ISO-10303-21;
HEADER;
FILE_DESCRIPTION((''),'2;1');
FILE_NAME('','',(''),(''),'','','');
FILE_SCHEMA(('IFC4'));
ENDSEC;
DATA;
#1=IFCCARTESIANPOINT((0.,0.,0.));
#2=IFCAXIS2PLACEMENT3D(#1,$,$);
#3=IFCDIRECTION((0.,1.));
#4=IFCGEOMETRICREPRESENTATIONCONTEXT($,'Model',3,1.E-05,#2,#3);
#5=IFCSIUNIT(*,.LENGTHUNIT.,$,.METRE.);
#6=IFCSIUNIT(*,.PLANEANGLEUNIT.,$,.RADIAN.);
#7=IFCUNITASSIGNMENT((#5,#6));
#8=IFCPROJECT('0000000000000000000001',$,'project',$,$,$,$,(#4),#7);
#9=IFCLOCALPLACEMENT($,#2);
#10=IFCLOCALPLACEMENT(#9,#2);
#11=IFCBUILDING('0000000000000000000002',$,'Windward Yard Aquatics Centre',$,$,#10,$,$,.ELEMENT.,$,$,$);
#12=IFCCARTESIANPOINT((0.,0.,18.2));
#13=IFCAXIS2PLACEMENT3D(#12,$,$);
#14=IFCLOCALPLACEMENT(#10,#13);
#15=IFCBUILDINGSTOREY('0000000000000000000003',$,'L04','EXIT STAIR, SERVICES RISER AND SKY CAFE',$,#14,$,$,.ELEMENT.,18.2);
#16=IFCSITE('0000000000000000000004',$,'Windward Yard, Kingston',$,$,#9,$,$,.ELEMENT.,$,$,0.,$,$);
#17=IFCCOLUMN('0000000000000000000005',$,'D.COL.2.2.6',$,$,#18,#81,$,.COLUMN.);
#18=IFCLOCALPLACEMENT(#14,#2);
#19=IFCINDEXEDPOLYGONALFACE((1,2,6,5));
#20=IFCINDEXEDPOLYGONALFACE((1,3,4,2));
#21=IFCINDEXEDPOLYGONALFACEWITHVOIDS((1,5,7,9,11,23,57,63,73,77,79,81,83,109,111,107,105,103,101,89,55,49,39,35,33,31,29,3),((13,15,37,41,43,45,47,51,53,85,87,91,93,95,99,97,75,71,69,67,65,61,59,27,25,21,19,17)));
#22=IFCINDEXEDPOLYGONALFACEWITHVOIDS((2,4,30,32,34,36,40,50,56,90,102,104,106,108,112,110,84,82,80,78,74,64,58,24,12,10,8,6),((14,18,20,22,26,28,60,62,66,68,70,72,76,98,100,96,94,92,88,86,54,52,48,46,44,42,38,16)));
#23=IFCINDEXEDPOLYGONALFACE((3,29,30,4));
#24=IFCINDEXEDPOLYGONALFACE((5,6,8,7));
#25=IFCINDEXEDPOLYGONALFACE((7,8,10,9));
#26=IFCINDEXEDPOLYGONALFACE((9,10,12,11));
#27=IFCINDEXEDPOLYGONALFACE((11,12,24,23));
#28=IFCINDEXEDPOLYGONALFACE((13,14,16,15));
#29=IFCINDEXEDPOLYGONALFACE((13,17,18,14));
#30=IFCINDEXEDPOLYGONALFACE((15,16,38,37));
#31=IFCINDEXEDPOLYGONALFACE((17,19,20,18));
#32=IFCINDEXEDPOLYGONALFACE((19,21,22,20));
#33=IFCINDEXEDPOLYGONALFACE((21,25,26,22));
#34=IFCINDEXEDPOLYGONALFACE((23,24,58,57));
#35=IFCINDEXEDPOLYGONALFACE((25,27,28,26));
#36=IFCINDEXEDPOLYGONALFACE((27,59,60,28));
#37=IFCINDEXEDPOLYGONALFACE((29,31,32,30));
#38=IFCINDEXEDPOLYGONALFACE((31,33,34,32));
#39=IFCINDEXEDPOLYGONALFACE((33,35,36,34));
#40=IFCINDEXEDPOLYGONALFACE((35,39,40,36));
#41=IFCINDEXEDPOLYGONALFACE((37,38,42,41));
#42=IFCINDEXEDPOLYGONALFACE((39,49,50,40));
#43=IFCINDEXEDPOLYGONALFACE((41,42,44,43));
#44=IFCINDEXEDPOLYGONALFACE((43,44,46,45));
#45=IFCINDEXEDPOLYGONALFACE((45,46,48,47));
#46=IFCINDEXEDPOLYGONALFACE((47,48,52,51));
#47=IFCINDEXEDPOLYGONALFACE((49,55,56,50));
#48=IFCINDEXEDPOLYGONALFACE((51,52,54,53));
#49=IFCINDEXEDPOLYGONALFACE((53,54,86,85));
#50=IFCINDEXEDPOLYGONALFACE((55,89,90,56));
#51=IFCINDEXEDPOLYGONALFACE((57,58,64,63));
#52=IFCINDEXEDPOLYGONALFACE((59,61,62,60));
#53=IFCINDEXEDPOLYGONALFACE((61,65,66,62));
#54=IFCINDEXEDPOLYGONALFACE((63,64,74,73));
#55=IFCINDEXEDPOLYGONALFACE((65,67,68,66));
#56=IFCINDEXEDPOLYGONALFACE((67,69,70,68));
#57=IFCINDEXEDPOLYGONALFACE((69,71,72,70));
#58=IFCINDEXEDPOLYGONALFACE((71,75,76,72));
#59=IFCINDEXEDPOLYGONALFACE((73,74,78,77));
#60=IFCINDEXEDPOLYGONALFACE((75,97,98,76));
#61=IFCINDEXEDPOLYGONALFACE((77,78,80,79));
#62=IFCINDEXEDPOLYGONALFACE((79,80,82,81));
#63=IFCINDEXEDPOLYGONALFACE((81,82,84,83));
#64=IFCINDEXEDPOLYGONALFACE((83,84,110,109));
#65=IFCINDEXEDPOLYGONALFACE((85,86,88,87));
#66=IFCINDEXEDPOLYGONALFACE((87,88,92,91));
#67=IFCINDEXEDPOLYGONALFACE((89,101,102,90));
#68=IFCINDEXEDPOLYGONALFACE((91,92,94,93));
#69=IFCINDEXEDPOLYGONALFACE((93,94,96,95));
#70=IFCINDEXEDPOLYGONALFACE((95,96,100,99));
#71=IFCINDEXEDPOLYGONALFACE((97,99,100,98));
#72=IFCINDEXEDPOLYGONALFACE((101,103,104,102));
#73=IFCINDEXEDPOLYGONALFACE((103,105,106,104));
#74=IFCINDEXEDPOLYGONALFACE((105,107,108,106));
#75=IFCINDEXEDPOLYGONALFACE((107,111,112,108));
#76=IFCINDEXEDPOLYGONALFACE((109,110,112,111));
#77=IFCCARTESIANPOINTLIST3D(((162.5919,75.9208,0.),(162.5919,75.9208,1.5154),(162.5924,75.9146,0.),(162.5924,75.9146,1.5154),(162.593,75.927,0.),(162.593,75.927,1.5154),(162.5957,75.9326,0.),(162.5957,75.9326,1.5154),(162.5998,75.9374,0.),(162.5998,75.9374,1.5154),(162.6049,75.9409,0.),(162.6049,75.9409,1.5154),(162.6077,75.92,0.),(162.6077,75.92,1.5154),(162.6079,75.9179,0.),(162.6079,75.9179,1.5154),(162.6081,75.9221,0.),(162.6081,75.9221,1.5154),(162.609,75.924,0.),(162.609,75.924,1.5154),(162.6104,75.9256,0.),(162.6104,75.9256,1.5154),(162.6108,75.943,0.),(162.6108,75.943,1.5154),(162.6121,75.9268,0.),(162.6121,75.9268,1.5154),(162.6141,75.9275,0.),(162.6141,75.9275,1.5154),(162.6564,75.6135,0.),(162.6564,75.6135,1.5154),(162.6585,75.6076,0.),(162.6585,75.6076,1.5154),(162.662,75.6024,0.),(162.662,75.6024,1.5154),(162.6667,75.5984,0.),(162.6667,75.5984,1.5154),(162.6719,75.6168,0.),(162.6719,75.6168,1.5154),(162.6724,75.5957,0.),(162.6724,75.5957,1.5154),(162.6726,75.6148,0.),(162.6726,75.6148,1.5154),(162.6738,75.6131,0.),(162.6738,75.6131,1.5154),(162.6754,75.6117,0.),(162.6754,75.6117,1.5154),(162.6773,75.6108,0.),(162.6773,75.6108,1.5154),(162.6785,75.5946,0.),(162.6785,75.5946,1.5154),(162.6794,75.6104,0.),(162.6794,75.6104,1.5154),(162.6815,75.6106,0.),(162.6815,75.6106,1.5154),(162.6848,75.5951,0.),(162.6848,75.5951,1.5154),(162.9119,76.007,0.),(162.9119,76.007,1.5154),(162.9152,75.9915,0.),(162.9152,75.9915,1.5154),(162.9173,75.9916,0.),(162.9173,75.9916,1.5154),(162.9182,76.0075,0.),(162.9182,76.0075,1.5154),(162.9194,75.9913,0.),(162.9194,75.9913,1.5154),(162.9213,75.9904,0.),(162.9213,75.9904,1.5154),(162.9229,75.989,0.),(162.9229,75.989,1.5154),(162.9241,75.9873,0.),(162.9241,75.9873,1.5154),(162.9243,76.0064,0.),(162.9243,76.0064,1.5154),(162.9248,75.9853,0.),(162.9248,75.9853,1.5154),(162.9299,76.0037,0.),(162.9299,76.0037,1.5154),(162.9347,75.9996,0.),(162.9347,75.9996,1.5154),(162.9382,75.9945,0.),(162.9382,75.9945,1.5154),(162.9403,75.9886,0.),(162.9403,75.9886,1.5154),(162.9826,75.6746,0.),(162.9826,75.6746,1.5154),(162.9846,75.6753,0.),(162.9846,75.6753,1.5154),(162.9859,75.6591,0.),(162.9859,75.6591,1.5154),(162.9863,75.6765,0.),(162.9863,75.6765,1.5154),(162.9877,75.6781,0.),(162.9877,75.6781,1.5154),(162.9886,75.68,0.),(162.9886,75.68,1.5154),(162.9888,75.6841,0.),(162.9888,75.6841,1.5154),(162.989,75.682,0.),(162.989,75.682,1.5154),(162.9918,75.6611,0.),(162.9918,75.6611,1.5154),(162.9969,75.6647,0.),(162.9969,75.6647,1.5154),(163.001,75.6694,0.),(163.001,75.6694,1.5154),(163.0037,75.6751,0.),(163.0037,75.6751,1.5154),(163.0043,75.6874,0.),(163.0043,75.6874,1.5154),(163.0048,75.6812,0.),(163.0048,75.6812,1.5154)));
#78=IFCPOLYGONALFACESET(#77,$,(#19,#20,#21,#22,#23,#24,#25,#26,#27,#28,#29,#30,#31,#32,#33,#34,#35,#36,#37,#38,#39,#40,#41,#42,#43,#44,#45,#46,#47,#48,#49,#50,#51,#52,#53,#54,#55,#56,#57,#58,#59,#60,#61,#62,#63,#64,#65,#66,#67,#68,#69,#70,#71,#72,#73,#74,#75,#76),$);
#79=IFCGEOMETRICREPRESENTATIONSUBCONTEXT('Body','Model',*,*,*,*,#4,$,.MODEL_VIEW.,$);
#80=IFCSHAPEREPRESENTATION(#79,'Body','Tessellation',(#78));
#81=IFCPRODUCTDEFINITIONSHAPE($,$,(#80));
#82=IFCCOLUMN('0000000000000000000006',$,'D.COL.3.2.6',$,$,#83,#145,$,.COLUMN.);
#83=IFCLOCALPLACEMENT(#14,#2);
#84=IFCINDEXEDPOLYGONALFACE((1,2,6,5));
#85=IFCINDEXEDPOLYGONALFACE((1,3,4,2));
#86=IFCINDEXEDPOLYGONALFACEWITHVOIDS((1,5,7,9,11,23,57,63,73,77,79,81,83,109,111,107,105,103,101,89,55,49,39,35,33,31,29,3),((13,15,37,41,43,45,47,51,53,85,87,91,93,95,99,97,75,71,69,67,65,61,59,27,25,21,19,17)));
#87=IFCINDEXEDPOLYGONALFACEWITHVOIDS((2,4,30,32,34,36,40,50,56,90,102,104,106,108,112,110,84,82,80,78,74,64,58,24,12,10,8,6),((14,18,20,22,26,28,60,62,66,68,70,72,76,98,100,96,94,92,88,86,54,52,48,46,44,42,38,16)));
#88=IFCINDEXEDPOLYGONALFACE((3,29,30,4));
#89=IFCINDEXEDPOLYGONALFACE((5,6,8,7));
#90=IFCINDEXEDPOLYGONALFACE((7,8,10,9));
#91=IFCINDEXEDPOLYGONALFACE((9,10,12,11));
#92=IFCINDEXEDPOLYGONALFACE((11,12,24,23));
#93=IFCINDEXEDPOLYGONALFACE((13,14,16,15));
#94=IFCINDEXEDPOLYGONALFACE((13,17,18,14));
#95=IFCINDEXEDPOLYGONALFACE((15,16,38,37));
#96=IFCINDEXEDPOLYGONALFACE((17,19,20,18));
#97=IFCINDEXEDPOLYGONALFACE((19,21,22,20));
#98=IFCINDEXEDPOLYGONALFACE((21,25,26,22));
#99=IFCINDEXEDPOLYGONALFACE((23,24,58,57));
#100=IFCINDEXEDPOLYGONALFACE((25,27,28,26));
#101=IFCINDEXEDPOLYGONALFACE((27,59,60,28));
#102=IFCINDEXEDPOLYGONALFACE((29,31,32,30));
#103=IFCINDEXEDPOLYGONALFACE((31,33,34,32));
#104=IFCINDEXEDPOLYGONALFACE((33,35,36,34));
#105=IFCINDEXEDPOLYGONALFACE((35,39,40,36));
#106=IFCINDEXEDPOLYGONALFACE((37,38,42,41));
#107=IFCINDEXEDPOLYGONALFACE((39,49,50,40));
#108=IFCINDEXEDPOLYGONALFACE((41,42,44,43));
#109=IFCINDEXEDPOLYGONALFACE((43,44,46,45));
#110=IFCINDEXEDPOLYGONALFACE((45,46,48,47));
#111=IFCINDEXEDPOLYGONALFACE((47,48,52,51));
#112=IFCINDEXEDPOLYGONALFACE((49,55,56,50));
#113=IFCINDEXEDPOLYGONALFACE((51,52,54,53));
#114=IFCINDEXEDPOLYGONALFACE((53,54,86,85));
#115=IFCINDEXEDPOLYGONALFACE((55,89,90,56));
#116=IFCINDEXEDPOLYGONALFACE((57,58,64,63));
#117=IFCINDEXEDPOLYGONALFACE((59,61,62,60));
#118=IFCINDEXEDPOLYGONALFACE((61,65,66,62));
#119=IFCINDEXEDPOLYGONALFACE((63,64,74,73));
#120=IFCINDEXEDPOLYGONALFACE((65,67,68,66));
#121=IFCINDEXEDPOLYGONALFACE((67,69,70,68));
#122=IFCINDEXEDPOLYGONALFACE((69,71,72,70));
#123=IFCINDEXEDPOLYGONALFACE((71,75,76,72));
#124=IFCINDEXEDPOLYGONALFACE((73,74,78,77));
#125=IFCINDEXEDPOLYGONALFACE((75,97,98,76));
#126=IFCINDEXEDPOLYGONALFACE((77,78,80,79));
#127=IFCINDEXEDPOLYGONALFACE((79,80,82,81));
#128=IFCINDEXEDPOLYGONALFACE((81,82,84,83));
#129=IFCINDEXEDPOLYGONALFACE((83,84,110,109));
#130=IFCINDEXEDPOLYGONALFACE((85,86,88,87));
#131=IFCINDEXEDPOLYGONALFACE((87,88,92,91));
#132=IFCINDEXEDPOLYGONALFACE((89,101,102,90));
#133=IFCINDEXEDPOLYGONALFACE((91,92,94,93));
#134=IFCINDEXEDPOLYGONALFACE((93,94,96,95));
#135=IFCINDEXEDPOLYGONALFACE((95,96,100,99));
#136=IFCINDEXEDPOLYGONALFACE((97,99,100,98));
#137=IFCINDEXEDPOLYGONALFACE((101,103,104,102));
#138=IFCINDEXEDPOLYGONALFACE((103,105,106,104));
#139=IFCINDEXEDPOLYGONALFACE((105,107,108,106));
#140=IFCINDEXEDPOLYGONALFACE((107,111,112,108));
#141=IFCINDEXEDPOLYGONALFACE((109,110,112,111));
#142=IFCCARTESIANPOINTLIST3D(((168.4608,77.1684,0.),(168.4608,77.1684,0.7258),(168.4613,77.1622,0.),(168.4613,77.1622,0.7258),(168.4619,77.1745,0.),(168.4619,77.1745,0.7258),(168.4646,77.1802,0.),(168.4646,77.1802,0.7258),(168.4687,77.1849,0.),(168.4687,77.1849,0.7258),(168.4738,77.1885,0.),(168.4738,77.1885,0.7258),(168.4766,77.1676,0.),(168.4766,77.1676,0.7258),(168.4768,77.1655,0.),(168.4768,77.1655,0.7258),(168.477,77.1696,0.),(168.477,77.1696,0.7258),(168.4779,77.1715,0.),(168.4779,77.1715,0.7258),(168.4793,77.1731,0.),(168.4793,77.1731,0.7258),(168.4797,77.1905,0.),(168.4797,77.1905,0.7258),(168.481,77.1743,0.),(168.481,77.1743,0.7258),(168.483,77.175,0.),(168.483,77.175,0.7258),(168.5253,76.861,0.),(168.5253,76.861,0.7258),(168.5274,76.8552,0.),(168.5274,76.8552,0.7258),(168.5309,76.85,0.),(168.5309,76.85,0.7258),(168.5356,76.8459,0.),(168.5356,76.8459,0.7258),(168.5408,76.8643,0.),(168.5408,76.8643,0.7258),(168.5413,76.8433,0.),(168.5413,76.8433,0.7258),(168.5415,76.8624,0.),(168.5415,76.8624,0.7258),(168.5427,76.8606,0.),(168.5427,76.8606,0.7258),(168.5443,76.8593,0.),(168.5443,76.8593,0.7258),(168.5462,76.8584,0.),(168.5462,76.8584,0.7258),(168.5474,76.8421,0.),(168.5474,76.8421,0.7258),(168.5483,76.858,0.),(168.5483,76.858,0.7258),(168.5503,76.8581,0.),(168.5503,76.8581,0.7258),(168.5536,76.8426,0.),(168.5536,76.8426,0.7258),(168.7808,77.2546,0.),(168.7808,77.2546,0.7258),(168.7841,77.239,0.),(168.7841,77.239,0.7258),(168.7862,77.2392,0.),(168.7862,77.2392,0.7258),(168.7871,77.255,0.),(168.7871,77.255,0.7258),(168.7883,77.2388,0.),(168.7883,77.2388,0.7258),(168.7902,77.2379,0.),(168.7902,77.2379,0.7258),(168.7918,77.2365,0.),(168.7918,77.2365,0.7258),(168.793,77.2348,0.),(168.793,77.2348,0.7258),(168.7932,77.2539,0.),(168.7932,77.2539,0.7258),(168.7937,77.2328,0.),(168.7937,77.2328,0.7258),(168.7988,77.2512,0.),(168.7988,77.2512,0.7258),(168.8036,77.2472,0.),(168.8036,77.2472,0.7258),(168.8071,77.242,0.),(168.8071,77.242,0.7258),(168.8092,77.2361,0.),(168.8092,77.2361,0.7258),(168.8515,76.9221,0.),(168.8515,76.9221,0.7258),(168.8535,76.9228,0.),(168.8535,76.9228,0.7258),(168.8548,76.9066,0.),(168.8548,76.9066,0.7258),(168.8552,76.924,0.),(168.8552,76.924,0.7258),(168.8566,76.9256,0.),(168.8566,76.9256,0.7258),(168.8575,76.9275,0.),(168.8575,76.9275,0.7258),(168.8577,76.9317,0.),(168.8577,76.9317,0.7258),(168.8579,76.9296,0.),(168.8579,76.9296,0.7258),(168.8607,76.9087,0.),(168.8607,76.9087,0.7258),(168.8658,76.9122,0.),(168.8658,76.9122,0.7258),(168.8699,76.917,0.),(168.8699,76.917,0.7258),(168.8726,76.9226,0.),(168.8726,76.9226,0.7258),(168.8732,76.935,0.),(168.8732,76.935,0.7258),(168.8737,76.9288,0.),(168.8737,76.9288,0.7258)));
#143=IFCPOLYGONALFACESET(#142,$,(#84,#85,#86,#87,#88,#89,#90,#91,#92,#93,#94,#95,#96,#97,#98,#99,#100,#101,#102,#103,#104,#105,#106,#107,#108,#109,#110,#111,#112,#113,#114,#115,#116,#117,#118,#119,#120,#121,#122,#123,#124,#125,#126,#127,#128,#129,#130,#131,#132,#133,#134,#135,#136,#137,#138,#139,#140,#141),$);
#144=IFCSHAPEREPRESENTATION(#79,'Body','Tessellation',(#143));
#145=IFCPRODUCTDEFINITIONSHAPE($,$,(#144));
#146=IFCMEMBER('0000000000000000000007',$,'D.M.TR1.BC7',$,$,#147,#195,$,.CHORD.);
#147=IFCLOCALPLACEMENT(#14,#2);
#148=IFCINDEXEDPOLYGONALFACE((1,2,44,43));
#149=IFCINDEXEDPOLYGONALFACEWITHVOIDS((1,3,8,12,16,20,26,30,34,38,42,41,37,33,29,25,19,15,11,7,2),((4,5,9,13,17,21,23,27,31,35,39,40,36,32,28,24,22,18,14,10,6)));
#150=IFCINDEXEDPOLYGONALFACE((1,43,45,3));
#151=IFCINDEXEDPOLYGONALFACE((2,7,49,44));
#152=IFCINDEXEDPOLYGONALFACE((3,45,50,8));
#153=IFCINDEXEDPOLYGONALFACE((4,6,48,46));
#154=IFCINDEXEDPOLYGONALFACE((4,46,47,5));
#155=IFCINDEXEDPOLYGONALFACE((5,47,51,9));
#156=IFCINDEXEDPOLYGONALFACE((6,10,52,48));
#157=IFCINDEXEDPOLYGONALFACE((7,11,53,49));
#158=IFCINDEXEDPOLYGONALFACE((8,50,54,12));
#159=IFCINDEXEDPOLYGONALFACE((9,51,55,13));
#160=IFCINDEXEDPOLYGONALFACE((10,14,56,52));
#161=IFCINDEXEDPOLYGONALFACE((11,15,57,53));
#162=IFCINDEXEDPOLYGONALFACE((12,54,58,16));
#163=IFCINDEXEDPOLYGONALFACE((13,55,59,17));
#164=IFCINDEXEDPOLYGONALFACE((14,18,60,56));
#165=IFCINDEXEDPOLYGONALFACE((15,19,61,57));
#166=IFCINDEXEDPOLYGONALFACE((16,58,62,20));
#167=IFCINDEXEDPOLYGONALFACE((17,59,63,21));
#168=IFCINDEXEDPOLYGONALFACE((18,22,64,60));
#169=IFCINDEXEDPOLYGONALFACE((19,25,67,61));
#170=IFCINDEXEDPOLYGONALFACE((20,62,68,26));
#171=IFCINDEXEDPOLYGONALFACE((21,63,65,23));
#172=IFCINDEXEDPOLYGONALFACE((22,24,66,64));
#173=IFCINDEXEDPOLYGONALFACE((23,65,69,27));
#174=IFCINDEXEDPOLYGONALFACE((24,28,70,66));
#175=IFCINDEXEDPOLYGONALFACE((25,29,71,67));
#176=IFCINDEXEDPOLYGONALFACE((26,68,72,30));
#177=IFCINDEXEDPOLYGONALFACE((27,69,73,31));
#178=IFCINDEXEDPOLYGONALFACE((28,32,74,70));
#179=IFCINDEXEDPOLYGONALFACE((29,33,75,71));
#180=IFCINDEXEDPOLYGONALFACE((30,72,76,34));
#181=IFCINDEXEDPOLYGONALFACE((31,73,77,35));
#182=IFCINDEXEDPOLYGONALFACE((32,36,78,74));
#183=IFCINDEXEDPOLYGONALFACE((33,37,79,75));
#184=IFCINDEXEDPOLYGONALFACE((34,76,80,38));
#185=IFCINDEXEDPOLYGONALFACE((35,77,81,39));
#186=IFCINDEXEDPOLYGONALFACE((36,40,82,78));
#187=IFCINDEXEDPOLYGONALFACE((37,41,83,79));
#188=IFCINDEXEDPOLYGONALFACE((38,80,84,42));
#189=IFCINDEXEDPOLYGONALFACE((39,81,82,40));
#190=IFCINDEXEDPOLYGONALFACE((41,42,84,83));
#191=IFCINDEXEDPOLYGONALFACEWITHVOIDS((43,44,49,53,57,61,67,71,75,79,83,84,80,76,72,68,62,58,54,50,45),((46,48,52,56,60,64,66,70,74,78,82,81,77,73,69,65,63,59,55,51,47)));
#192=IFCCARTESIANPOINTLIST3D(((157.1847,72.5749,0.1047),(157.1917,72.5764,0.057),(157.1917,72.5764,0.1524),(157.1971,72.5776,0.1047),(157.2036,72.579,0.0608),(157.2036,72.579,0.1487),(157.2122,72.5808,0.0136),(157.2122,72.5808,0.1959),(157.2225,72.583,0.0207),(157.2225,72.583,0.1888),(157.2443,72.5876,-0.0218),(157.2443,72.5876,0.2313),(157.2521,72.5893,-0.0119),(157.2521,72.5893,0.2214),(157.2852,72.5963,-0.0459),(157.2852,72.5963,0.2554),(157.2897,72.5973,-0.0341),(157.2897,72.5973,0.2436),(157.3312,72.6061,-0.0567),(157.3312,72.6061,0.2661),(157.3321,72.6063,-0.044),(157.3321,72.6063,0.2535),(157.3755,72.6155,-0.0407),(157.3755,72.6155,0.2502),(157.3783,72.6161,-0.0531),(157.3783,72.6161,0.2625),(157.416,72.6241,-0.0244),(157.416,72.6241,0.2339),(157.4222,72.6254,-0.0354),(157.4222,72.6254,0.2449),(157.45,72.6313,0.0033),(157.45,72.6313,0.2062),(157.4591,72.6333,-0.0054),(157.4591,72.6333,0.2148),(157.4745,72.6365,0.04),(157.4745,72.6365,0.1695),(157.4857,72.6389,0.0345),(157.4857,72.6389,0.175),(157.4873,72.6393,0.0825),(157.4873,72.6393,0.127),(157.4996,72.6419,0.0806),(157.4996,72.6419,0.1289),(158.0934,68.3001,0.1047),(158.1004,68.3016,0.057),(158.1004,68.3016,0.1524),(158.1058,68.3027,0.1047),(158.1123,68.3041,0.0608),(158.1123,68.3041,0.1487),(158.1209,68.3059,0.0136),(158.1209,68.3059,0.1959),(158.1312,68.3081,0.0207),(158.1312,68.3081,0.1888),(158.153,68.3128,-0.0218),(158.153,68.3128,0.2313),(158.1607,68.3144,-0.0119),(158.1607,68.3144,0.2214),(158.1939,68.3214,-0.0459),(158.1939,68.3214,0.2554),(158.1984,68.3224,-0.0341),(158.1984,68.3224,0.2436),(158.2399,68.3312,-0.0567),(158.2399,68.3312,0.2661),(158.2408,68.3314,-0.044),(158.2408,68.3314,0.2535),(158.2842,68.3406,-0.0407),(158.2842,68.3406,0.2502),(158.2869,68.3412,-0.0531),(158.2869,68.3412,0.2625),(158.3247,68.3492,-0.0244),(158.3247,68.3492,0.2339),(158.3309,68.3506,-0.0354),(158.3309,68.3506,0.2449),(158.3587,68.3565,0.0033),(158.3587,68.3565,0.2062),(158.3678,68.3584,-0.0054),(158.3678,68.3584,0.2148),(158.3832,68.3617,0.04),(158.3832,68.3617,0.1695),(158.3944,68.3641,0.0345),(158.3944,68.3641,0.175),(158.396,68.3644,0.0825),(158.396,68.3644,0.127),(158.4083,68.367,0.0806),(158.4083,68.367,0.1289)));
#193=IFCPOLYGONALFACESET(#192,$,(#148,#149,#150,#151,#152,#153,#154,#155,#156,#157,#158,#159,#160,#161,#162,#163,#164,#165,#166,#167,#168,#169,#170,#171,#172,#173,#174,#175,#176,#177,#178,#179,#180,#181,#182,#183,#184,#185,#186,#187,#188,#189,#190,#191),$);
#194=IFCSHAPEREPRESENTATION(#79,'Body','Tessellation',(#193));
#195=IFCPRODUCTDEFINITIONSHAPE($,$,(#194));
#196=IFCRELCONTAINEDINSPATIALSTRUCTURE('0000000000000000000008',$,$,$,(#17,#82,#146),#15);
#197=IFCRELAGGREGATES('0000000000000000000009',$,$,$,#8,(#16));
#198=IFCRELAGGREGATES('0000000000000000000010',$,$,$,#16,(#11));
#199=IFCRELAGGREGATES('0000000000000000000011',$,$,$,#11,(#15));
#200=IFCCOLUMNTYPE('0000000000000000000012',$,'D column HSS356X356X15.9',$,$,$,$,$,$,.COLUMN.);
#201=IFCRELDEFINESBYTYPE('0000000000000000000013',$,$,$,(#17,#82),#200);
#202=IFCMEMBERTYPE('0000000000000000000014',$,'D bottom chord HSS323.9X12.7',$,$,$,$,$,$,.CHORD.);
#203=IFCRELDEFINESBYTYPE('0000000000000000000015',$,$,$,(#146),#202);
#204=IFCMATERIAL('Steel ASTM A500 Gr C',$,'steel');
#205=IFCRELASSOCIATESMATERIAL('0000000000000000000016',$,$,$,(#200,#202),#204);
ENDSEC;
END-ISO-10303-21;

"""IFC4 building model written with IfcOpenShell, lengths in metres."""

from ifc_helpers import new_model, si_unit, direction, frame, origin, origin_2d, place, context, subcontext, project, spatial, hollow_rectangle, hollow_circle, extrude, material, material_profile, profile_set, type_object, element, save


model = new_model("IFC4")

# Units and contexts
model_context = context("Model", 3, precision=1e-05, world=origin(), true_north=direction((0.0, 1.0)))
body_context = subcontext(model_context, "Body", "Model", "MODEL_VIEW")
ifc_project = project(units=[si_unit("LENGTHUNIT", "METRE"), si_unit("PLANEANGLEUNIT", "RADIAN")], contexts=[model_context])

# Site, building, storey
site_placement = place(None, origin())
site = spatial("IfcSite", under=ifc_project, at=site_placement, Name="Windward Yard, Kingston", CompositionType="ELEMENT", RefElevation=0.0)
building_placement = place(site_placement, origin())
building = spatial("IfcBuilding", under=site, at=building_placement, Name="Windward Yard Aquatics Centre", CompositionType="ELEMENT")
storey_placement = place(building_placement, frame((0.0, 0.0, 18.2)))
storey = spatial("IfcBuildingStorey", under=building, at=storey_placement, Name="L04", Description="EXIT STAIR, SERVICES RISER AND SKY CAFE", CompositionType="ELEMENT", Elevation=18.2)

# Columns
ifc_material_1 = material(Name="Steel ASTM A500 Gr C", Category="steel")
ifc_material_profile_1 = material_profile(ifc_material_1, hollow_rectangle(XDim=0.3557, YDim=0.3557, WallThickness=0.0159, InnerFilletRadius=0.0081, OuterFilletRadius=0.0239, at=origin_2d()), Name="HSS356X356X15.9")
ifc_profile_set_1 = profile_set([ifc_material_profile_1], Name="Steel ASTM A500 Gr C")
column_type = type_object("IfcColumnType", Name="D column HSS356X356X15.9", PredefinedType="COLUMN", material=ifc_profile_set_1)
column_1_placement = place(storey_placement, frame((162.7983, 75.801, 0.0), z_axis=(0.0, 0.0, 1.0), x_axis=(0.978148, 0.207912, 0.0)))
element("IfcColumn", 1, at=column_1_placement, inside=storey, type_object=column_type, Name="D.COL.2.2.6", PredefinedType="COLUMN", context=body_context, shape_type="SweptSolid", body=[
    extrude(hollow_rectangle(XDim=0.3557, YDim=0.3557, WallThickness=0.0159, InnerFilletRadius=0.0081, OuterFilletRadius=0.0239, at=origin_2d()), origin(), (0.0, 0.0, 1.0), 1.5154),
])
column_2_placement = place(storey_placement, frame((168.6672, 77.0486, 0.0), z_axis=(0.0, 0.0, 1.0), x_axis=(0.978148, 0.207912, 0.0)))
element("IfcColumn", 2, at=column_2_placement, inside=storey, type_object=column_type, Name="D.COL.3.2.6", PredefinedType="COLUMN", context=body_context, shape_type="SweptSolid", body=[
    extrude(hollow_rectangle(XDim=0.3557, YDim=0.3557, WallThickness=0.0159, InnerFilletRadius=0.0081, OuterFilletRadius=0.0239, at=origin_2d()), origin(), (0.0, 0.0, 1.0), 0.7258),
])

# Member
ifc_material_profile_2 = material_profile(ifc_material_1, hollow_circle(Radius=0.1619, WallThickness=0.0127, at=origin_2d()), Name="HSS323.9X12.7")
ifc_profile_set_2 = profile_set([ifc_material_profile_2], Name="Steel ASTM A500 Gr C")
member_type_1 = type_object("IfcMemberType", Name="D bottom chord HSS323.9X12.7", PredefinedType="CHORD", material=ifc_profile_set_2)
member_placement = place(storey_placement, frame((158.2517, 68.3337, 0.1047), z_axis=(-0.207919, 0.978146, 0.0), x_axis=(-0.978146, -0.207919, 0.0)))
element("IfcMember", 3, at=member_placement, inside=storey, type_object=member_type_1, Name="D.M.TR1.BC7", PredefinedType="CHORD", context=body_context, shape_type="SweptSolid", body=[
    extrude(hollow_circle(Radius=0.1619, WallThickness=0.0127, at=origin_2d()), origin(), (0.0, 0.0, 1.0), 4.3704),
])

save(model, "model.ifc")
